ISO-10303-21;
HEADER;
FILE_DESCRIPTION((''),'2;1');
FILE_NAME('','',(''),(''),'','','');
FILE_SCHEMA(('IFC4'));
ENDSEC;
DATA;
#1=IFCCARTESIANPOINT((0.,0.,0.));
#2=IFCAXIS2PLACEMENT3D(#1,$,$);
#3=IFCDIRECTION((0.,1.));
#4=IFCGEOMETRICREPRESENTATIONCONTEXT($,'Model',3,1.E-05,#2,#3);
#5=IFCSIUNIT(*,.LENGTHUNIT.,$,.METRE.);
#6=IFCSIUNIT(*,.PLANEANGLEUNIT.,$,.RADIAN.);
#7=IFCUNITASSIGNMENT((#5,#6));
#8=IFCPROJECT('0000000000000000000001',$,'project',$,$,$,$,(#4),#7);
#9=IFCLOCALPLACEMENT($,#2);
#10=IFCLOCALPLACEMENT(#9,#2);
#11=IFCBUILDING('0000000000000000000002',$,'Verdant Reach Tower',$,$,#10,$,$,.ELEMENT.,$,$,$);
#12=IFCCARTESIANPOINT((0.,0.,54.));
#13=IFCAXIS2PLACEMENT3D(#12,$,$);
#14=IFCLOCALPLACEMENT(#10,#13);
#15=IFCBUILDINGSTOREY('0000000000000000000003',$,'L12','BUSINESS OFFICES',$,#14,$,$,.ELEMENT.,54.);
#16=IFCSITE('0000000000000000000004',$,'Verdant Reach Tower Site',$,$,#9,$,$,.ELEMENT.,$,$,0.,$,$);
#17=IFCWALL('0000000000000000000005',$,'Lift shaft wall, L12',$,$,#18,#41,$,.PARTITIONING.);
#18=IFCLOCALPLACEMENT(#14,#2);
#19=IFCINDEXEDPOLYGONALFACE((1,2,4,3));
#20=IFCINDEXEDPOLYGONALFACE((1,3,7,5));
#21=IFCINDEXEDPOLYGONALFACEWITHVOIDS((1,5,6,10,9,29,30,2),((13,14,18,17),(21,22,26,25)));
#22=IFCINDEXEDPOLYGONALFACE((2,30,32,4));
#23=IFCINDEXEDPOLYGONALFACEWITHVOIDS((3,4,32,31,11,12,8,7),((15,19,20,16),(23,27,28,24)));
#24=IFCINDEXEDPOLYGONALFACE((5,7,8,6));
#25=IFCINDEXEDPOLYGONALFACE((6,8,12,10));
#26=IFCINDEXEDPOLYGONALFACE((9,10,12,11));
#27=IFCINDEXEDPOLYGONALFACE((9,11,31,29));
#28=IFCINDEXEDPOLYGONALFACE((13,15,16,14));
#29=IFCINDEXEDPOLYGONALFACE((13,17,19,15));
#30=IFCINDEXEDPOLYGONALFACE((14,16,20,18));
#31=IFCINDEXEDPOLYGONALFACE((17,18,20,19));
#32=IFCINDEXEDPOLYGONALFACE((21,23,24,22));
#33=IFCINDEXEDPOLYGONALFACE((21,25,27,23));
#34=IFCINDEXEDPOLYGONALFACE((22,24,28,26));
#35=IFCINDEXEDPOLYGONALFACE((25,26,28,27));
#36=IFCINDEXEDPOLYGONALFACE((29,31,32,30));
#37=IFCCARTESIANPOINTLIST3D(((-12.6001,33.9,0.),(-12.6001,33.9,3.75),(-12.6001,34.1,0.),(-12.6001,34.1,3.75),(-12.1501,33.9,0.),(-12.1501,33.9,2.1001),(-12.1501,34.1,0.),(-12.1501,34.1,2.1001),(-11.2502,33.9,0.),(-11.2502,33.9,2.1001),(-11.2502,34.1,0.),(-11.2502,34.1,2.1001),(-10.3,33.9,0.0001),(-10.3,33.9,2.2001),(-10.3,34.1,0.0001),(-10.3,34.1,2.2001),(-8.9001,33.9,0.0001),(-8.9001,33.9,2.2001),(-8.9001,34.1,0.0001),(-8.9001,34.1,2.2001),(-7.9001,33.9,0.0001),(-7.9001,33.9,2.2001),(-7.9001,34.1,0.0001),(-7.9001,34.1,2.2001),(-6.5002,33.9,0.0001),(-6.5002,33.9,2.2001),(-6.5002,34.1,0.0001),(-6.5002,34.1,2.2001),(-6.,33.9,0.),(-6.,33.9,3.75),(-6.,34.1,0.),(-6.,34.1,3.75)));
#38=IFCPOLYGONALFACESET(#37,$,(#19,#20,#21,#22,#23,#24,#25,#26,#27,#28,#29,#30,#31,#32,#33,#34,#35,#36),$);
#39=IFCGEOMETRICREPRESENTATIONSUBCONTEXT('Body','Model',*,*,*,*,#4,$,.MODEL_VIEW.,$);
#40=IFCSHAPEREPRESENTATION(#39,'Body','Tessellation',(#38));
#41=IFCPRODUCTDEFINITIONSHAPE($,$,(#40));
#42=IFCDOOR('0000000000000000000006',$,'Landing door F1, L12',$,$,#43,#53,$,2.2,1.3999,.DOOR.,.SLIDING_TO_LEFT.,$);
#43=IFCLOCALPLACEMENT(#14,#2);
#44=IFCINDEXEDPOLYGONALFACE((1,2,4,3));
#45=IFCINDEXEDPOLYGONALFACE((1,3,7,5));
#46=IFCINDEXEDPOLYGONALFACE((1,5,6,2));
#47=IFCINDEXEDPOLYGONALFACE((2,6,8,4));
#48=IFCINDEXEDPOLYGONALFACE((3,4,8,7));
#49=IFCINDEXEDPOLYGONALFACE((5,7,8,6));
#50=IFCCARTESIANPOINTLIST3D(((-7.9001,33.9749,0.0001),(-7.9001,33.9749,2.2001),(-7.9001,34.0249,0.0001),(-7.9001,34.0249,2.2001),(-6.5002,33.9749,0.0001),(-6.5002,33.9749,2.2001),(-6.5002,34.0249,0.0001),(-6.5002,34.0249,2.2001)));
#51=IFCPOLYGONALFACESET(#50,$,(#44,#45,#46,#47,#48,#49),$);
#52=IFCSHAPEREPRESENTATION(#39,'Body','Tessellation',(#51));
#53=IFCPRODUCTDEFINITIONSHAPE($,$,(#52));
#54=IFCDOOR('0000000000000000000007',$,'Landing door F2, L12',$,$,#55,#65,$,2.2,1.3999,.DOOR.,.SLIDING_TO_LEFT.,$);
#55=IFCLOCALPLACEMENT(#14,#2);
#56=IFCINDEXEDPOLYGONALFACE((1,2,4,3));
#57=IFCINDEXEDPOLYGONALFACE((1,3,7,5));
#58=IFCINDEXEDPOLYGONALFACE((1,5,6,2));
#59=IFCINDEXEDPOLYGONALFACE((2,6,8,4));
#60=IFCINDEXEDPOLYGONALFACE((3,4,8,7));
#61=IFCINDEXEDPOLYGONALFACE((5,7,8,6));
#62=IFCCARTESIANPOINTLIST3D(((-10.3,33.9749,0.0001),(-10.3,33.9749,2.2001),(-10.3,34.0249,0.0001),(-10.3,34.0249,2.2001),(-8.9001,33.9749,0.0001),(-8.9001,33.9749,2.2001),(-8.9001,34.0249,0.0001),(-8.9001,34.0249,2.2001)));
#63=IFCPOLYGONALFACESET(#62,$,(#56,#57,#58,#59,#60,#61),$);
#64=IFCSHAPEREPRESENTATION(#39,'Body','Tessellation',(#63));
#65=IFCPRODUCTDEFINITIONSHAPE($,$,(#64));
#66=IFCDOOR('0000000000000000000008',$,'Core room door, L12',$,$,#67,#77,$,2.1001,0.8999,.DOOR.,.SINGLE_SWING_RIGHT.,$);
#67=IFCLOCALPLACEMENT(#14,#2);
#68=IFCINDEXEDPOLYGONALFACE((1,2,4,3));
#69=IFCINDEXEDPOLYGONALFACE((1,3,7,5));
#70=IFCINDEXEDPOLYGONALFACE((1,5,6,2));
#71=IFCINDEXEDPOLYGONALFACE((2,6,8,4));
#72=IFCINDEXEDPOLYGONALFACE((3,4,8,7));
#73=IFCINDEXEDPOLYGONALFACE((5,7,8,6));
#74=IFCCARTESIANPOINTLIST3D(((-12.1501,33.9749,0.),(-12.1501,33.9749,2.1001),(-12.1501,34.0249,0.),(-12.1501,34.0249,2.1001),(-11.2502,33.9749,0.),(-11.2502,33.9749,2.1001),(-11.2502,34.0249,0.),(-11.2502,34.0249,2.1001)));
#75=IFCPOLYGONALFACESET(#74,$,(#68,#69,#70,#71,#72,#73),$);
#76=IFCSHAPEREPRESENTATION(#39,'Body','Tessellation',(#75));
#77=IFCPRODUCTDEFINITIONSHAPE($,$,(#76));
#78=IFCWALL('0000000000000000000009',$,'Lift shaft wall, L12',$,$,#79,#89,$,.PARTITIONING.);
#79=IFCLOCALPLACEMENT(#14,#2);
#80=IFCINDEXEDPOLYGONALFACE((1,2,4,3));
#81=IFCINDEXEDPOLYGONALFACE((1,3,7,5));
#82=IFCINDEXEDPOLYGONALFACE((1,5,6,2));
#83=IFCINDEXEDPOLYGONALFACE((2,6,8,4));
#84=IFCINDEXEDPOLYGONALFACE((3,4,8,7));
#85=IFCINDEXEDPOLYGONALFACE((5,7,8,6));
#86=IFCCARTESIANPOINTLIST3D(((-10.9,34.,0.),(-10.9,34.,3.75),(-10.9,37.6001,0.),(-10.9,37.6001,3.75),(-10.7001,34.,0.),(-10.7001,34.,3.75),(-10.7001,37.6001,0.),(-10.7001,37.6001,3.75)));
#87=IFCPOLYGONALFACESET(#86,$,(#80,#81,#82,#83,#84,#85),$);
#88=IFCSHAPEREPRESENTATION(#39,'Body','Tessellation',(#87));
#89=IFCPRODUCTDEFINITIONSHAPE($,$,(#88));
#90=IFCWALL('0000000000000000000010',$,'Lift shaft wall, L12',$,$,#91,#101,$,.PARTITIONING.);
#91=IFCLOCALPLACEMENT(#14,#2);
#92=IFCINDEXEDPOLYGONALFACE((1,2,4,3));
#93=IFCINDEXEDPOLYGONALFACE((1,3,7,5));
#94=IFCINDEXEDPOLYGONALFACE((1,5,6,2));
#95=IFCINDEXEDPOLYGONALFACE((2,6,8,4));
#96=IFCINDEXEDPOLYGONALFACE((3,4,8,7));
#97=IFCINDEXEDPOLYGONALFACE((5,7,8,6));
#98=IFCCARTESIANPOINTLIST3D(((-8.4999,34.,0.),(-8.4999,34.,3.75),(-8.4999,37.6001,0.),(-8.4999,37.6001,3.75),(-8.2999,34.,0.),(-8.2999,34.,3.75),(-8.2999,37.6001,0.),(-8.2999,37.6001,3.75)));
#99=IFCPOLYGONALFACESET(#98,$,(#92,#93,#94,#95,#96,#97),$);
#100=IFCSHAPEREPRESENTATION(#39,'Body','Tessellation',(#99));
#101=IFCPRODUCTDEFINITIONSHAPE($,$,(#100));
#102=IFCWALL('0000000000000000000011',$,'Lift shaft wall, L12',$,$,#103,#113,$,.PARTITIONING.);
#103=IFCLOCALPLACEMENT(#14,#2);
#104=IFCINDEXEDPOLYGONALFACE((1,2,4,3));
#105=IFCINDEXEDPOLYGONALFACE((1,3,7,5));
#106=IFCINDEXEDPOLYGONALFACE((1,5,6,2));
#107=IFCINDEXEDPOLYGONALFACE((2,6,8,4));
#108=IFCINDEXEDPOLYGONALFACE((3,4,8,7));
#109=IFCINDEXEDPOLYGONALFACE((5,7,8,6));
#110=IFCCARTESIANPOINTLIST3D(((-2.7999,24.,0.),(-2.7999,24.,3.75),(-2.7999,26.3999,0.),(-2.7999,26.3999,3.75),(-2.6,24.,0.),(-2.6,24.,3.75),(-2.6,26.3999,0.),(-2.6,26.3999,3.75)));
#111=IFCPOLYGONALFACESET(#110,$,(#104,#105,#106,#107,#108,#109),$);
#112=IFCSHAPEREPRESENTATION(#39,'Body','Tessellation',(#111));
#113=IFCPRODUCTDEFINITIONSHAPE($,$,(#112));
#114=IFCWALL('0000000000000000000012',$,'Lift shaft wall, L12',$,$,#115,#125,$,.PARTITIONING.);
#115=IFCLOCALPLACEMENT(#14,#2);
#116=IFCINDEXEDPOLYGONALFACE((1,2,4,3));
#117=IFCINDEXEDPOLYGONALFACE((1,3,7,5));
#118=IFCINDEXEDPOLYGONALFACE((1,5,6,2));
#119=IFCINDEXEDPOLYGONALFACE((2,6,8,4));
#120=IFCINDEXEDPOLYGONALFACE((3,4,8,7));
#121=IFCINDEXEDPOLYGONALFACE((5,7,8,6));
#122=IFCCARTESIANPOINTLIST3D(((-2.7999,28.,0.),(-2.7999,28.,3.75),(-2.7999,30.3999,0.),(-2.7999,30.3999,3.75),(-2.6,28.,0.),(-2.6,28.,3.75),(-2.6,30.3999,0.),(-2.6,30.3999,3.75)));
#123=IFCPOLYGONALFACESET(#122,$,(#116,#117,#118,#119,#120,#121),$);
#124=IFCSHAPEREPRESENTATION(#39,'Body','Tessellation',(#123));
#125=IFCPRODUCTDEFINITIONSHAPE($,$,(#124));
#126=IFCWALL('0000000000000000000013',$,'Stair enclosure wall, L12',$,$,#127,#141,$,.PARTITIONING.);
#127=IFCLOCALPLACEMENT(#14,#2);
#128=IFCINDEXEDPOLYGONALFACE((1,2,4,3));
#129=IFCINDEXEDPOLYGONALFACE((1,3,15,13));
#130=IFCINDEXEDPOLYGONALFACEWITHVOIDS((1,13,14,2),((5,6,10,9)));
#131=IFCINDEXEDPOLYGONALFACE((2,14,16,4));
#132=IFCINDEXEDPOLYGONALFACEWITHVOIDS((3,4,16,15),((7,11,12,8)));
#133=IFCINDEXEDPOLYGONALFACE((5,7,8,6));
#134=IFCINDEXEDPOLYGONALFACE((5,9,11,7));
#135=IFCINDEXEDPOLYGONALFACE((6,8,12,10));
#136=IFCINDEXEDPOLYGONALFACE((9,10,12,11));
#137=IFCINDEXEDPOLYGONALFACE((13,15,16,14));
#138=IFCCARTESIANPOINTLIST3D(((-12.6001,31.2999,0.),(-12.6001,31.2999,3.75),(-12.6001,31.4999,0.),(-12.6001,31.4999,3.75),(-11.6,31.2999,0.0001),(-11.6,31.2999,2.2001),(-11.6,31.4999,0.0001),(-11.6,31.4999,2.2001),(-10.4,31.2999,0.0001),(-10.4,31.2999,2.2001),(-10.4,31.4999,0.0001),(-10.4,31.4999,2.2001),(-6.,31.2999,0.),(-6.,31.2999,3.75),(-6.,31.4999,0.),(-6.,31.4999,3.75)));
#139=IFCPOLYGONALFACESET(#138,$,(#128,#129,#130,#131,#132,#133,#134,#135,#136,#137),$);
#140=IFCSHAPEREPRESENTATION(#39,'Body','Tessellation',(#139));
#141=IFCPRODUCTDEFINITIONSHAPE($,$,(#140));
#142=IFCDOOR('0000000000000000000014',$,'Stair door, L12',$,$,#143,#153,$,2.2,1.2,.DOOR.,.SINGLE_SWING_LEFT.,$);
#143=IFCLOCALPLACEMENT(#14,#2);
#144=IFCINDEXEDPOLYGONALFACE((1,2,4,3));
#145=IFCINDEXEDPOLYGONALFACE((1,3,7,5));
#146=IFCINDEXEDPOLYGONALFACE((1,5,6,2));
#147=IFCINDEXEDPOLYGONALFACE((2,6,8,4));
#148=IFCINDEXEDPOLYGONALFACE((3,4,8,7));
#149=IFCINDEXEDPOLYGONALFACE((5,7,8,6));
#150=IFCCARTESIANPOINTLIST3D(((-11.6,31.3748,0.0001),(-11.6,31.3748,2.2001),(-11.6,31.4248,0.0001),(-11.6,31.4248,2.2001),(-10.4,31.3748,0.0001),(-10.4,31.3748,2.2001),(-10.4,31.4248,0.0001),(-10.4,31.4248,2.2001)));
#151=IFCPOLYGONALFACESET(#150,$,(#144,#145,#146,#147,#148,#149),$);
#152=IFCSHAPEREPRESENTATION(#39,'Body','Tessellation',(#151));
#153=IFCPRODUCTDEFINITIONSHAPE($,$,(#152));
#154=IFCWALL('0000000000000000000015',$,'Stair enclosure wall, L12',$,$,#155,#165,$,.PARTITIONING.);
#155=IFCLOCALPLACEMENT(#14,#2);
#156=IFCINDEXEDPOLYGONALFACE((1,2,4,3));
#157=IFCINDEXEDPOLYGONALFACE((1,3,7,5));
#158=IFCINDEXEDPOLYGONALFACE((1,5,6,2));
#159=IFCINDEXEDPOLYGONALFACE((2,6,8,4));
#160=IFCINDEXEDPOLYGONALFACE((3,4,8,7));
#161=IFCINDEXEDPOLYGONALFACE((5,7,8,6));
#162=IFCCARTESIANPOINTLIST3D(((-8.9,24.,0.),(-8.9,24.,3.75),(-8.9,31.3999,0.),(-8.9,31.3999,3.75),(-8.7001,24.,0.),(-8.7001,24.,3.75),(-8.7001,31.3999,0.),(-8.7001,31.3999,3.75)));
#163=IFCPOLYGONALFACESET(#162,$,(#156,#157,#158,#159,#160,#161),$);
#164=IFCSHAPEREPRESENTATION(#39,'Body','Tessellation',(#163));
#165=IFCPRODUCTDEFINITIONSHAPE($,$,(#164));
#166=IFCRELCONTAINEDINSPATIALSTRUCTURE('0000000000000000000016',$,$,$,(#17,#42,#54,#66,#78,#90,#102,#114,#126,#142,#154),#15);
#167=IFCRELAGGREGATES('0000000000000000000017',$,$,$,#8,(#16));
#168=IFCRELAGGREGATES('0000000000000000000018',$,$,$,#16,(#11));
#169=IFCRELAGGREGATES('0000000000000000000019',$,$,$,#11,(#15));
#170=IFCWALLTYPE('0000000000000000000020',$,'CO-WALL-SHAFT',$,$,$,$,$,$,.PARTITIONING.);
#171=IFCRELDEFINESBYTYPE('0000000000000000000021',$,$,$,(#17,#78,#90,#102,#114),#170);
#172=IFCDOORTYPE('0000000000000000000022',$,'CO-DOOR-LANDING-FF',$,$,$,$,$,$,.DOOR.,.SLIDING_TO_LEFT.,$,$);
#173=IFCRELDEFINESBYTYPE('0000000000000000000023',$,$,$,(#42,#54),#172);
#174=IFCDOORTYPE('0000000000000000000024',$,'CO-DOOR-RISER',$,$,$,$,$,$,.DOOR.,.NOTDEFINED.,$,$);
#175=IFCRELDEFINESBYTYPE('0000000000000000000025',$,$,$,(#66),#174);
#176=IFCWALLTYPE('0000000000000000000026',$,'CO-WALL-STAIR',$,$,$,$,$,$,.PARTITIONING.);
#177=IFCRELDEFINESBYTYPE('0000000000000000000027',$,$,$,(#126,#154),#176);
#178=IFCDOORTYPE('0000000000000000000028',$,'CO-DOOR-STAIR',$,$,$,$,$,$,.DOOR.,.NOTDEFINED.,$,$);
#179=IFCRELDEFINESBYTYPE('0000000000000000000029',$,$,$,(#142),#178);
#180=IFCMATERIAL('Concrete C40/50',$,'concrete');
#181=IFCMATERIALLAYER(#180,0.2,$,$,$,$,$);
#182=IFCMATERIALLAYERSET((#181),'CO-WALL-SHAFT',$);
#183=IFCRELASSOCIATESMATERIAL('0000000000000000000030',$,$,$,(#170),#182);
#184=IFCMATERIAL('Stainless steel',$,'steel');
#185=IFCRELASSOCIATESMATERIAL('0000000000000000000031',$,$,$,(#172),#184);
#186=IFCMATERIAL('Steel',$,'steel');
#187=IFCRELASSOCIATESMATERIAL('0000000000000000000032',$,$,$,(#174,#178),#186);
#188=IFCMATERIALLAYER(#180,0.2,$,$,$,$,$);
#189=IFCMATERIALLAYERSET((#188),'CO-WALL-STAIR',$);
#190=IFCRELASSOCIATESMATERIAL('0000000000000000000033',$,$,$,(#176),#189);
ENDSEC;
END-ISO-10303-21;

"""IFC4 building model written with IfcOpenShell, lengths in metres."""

from ifc_helpers import new_model, si_unit, direction, frame, frame_2d, origin, place, context, subcontext, project, spatial, rectangle, extrude, material, layer, layer_set, type_object, element, fill, save


model = new_model("IFC4")

# Units and contexts
model_context = context("Model", 3, precision=1e-05, world=origin(), true_north=direction((0.0, 1.0)))
body_context = subcontext(model_context, "Body", "Model", "MODEL_VIEW")
ifc_project = project(units=[si_unit("LENGTHUNIT", "METRE"), si_unit("PLANEANGLEUNIT", "RADIAN")], contexts=[model_context])

# Site, building, storey
site_placement = place(None, origin())
site = spatial("IfcSite", under=ifc_project, at=site_placement, Name="Verdant Reach Tower Site", CompositionType="ELEMENT", RefElevation=0.0)
building_placement = place(site_placement, origin())
building = spatial("IfcBuilding", under=site, at=building_placement, Name="Verdant Reach Tower", CompositionType="ELEMENT")
storey_placement = place(building_placement, frame((0.0, 0.0, 54.0)))
storey = spatial("IfcBuildingStorey", under=building, at=storey_placement, Name="L12", Description="BUSINESS OFFICES", CompositionType="ELEMENT", Elevation=54.0)

# Shared definitions
ifc_material_1 = material(Name="Concrete C40/50", Category="concrete")
ifc_layer_1 = layer(ifc_material_1, 0.2)
ifc_layer_set_1 = layer_set([ifc_layer_1], Name="CO-WALL-SHAFT")
wall_type_1 = type_object("IfcWallType", Name="CO-WALL-SHAFT", PredefinedType="PARTITIONING", material=ifc_layer_set_1)
ifc_material_2 = material(Name="Stainless steel", Category="steel")

# Wall, openings, doors
wall_1_placement = place(storey_placement, frame((-12.6001, 34.0, 0.0), z_axis=(0.0, 0.0, 1.0), x_axis=(1.0, 0.0, 0.0)))
wall_1 = element("IfcWall", 1, at=wall_1_placement, inside=storey, type_object=wall_type_1, Name="Lift shaft wall, L12", PredefinedType="PARTITIONING", context=body_context, shape_type="SweptSolid", body=[
    extrude(rectangle(XDim=6.6001, YDim=0.2, at=frame_2d((3.3, 0.0))), origin(), (0.0, 0.0, 1.0), 3.75),
])
opening_1_placement = place(wall_1_placement, frame((4.7, 0.0, 0.0)))
opening_1 = element("IfcOpeningElement", 2, at=opening_1_placement, cuts=wall_1, PredefinedType="OPENING", context=body_context, shape_type="SweptSolid", body=[
    extrude(rectangle(XDim=1.3999, YDim=2.2, at=frame_2d((0.7, 1.1001))), frame((0.0, 0.1099, 0.0), z_axis=(0.0, -1.0, 0.0), x_axis=(1.0, 0.0, 0.0)), (0.0, 0.0, 1.0), 0.22),
])
opening_2_placement = place(wall_1_placement, frame((2.3, 0.0, 0.0)))
opening_2 = element("IfcOpeningElement", 3, at=opening_2_placement, cuts=wall_1, PredefinedType="OPENING", context=body_context, shape_type="SweptSolid", body=[
    extrude(rectangle(XDim=1.3999, YDim=2.2, at=frame_2d((0.7, 1.1001))), frame((0.0, 0.1099, 0.0), z_axis=(0.0, -1.0, 0.0), x_axis=(1.0, 0.0, 0.0)), (0.0, 0.0, 1.0), 0.22),
])
opening_3_placement = place(wall_1_placement, frame((0.45, 0.0, 0.0)))
opening_3 = element("IfcOpeningElement", 4, at=opening_3_placement, cuts=wall_1, PredefinedType="OPENING", context=body_context, shape_type="SweptSolid", body=[
    extrude(rectangle(XDim=0.8999, YDim=2.1001, at=frame_2d((0.45, 1.05))), frame((0.0, 0.1099, 0.0), z_axis=(0.0, -1.0, 0.0), x_axis=(1.0, 0.0, 0.0)), (0.0, 0.0, 1.0), 0.22),
])
door_type_1 = type_object("IfcDoorType", Name="CO-DOOR-LANDING-FF", OperationType="SLIDING_TO_LEFT", PredefinedType="DOOR", material=ifc_material_2)
door_1_placement = place(opening_1_placement, origin())
door_1 = element("IfcDoor", 5, at=door_1_placement, inside=storey, type_object=door_type_1, Name="Landing door F1, L12", OperationType="SLIDING_TO_LEFT", OverallHeight=2.2, OverallWidth=1.3999, PredefinedType="DOOR", context=body_context, shape_type="SweptSolid", body=[
    extrude(rectangle(XDim=1.3999, YDim=2.2, at=frame_2d((0.7, 1.1001))), frame((0.0, 0.0249, 0.0), z_axis=(0.0, -1.0, 0.0), x_axis=(1.0, 0.0, 0.0)), (0.0, 0.0, 1.0), 0.05),
])
fill(opening_1, door_1)
door_2_placement = place(opening_2_placement, origin())
door_2 = element("IfcDoor", 6, at=door_2_placement, inside=storey, type_object=door_type_1, Name="Landing door F2, L12", OperationType="SLIDING_TO_LEFT", OverallHeight=2.2, OverallWidth=1.3999, PredefinedType="DOOR", context=body_context, shape_type="SweptSolid", body=[
    extrude(rectangle(XDim=1.3999, YDim=2.2, at=frame_2d((0.7, 1.1001))), frame((0.0, 0.0249, 0.0), z_axis=(0.0, -1.0, 0.0), x_axis=(1.0, 0.0, 0.0)), (0.0, 0.0, 1.0), 0.05),
])
fill(opening_2, door_2)
ifc_material_3 = material(Name="Steel", Category="steel")
door_type_2 = type_object("IfcDoorType", Name="CO-DOOR-RISER", OperationType="NOTDEFINED", PredefinedType="DOOR", material=ifc_material_3)
door_3_placement = place(opening_3_placement, origin())
door_3 = element("IfcDoor", 7, at=door_3_placement, inside=storey, type_object=door_type_2, Name="Core room door, L12", OperationType="SINGLE_SWING_RIGHT", OverallHeight=2.1001, OverallWidth=0.8999, PredefinedType="DOOR", context=body_context, shape_type="SweptSolid", body=[
    extrude(rectangle(XDim=0.8999, YDim=2.1001, at=frame_2d((0.45, 1.05))), frame((0.0, 0.0249, 0.0), z_axis=(0.0, -1.0, 0.0), x_axis=(1.0, 0.0, 0.0)), (0.0, 0.0, 1.0), 0.05),
])
fill(opening_3, door_3)

# Walls
for number, where, z_axis, x_axis, name in (
    (8, (-10.8, 34.0, 0.0), (0.0, 0.0, 1.0), (0.0, 1.0, 0.0), "Lift shaft wall, L12"),
    (9, (-8.3999, 34.0, 0.0), (0.0, 0.0, 1.0), (0.0, 1.0, 0.0), "Lift shaft wall, L12"),
):
    element("IfcWall", number, at=place(storey_placement, frame(where, z_axis=z_axis, x_axis=x_axis)), inside=storey, type_object=wall_type_1, Name=name, PredefinedType="PARTITIONING", context=body_context, shape_type="SweptSolid", body=[
        extrude(rectangle(XDim=3.6001, YDim=0.2, at=frame_2d((1.8, 0.0))), origin(), (0.0, 0.0, 1.0), 3.75),
    ])
for number, where, z_axis, x_axis, name in (
    (10, (-2.7, 24.0, 0.0), (0.0, 0.0, 1.0), (0.0, 1.0, 0.0), "Lift shaft wall, L12"),
    (11, (-2.7, 28.0, 0.0), (0.0, 0.0, 1.0), (0.0, 1.0, 0.0), "Lift shaft wall, L12"),
):
    element("IfcWall", number, at=place(storey_placement, frame(where, z_axis=z_axis, x_axis=x_axis)), inside=storey, type_object=wall_type_1, Name=name, PredefinedType="PARTITIONING", context=body_context, shape_type="SweptSolid", body=[
        extrude(rectangle(XDim=2.3999, YDim=0.2, at=frame_2d((1.2, 0.0))), origin(), (0.0, 0.0, 1.0), 3.75),
    ])

# Wall, opening, door
ifc_layer_2 = layer(ifc_material_1, 0.2)
ifc_layer_set_2 = layer_set([ifc_layer_2], Name="CO-WALL-STAIR")
wall_type_2 = type_object("IfcWallType", Name="CO-WALL-STAIR", PredefinedType="PARTITIONING", material=ifc_layer_set_2)
wall_2_placement = place(storey_placement, frame((-12.6001, 31.3999, 0.0), z_axis=(0.0, 0.0, 1.0), x_axis=(1.0, 0.0, 0.0)))
wall_2 = element("IfcWall", 12, at=wall_2_placement, inside=storey, type_object=wall_type_2, Name="Stair enclosure wall, L12", PredefinedType="PARTITIONING", context=body_context, shape_type="SweptSolid", body=[
    extrude(rectangle(XDim=6.6001, YDim=0.2, at=frame_2d((3.3, 0.0))), origin(), (0.0, 0.0, 1.0), 3.75),
])
opening_4_placement = place(wall_2_placement, frame((1.0, 0.0, 0.0)))
opening_4 = element("IfcOpeningElement", 13, at=opening_4_placement, cuts=wall_2, PredefinedType="OPENING", context=body_context, shape_type="SweptSolid", body=[
    extrude(rectangle(XDim=1.2, YDim=2.2, at=frame_2d((0.6001, 1.1001))), frame((0.0, 0.1099, 0.0), z_axis=(0.0, -1.0, 0.0), x_axis=(1.0, 0.0, 0.0)), (0.0, 0.0, 1.0), 0.22),
])
door_type_3 = type_object("IfcDoorType", Name="CO-DOOR-STAIR", OperationType="NOTDEFINED", PredefinedType="DOOR", material=ifc_material_3)
door_4_placement = place(opening_4_placement, origin())
door_4 = element("IfcDoor", 14, at=door_4_placement, inside=storey, type_object=door_type_3, Name="Stair door, L12", OperationType="SINGLE_SWING_LEFT", OverallHeight=2.2, OverallWidth=1.2, PredefinedType="DOOR", context=body_context, shape_type="SweptSolid", body=[
    extrude(rectangle(XDim=1.2, YDim=2.2, at=frame_2d((0.6001, 1.1001))), frame((0.0, 0.0249, 0.0), z_axis=(0.0, -1.0, 0.0), x_axis=(1.0, 0.0, 0.0)), (0.0, 0.0, 1.0), 0.05),
])
fill(opening_4, door_4)

# Wall
wall_3_placement = place(storey_placement, frame((-8.8, 24.0, 0.0), z_axis=(0.0, 0.0, 1.0), x_axis=(0.0, 1.0, 0.0)))
element("IfcWall", 15, at=wall_3_placement, inside=storey, type_object=wall_type_2, Name="Stair enclosure wall, L12", PredefinedType="PARTITIONING", context=body_context, shape_type="SweptSolid", body=[
    extrude(rectangle(XDim=7.3999, YDim=0.2, at=frame_2d((3.7, 0.0))), origin(), (0.0, 0.0, 1.0), 3.75),
])

save(model, "model.ifc")
